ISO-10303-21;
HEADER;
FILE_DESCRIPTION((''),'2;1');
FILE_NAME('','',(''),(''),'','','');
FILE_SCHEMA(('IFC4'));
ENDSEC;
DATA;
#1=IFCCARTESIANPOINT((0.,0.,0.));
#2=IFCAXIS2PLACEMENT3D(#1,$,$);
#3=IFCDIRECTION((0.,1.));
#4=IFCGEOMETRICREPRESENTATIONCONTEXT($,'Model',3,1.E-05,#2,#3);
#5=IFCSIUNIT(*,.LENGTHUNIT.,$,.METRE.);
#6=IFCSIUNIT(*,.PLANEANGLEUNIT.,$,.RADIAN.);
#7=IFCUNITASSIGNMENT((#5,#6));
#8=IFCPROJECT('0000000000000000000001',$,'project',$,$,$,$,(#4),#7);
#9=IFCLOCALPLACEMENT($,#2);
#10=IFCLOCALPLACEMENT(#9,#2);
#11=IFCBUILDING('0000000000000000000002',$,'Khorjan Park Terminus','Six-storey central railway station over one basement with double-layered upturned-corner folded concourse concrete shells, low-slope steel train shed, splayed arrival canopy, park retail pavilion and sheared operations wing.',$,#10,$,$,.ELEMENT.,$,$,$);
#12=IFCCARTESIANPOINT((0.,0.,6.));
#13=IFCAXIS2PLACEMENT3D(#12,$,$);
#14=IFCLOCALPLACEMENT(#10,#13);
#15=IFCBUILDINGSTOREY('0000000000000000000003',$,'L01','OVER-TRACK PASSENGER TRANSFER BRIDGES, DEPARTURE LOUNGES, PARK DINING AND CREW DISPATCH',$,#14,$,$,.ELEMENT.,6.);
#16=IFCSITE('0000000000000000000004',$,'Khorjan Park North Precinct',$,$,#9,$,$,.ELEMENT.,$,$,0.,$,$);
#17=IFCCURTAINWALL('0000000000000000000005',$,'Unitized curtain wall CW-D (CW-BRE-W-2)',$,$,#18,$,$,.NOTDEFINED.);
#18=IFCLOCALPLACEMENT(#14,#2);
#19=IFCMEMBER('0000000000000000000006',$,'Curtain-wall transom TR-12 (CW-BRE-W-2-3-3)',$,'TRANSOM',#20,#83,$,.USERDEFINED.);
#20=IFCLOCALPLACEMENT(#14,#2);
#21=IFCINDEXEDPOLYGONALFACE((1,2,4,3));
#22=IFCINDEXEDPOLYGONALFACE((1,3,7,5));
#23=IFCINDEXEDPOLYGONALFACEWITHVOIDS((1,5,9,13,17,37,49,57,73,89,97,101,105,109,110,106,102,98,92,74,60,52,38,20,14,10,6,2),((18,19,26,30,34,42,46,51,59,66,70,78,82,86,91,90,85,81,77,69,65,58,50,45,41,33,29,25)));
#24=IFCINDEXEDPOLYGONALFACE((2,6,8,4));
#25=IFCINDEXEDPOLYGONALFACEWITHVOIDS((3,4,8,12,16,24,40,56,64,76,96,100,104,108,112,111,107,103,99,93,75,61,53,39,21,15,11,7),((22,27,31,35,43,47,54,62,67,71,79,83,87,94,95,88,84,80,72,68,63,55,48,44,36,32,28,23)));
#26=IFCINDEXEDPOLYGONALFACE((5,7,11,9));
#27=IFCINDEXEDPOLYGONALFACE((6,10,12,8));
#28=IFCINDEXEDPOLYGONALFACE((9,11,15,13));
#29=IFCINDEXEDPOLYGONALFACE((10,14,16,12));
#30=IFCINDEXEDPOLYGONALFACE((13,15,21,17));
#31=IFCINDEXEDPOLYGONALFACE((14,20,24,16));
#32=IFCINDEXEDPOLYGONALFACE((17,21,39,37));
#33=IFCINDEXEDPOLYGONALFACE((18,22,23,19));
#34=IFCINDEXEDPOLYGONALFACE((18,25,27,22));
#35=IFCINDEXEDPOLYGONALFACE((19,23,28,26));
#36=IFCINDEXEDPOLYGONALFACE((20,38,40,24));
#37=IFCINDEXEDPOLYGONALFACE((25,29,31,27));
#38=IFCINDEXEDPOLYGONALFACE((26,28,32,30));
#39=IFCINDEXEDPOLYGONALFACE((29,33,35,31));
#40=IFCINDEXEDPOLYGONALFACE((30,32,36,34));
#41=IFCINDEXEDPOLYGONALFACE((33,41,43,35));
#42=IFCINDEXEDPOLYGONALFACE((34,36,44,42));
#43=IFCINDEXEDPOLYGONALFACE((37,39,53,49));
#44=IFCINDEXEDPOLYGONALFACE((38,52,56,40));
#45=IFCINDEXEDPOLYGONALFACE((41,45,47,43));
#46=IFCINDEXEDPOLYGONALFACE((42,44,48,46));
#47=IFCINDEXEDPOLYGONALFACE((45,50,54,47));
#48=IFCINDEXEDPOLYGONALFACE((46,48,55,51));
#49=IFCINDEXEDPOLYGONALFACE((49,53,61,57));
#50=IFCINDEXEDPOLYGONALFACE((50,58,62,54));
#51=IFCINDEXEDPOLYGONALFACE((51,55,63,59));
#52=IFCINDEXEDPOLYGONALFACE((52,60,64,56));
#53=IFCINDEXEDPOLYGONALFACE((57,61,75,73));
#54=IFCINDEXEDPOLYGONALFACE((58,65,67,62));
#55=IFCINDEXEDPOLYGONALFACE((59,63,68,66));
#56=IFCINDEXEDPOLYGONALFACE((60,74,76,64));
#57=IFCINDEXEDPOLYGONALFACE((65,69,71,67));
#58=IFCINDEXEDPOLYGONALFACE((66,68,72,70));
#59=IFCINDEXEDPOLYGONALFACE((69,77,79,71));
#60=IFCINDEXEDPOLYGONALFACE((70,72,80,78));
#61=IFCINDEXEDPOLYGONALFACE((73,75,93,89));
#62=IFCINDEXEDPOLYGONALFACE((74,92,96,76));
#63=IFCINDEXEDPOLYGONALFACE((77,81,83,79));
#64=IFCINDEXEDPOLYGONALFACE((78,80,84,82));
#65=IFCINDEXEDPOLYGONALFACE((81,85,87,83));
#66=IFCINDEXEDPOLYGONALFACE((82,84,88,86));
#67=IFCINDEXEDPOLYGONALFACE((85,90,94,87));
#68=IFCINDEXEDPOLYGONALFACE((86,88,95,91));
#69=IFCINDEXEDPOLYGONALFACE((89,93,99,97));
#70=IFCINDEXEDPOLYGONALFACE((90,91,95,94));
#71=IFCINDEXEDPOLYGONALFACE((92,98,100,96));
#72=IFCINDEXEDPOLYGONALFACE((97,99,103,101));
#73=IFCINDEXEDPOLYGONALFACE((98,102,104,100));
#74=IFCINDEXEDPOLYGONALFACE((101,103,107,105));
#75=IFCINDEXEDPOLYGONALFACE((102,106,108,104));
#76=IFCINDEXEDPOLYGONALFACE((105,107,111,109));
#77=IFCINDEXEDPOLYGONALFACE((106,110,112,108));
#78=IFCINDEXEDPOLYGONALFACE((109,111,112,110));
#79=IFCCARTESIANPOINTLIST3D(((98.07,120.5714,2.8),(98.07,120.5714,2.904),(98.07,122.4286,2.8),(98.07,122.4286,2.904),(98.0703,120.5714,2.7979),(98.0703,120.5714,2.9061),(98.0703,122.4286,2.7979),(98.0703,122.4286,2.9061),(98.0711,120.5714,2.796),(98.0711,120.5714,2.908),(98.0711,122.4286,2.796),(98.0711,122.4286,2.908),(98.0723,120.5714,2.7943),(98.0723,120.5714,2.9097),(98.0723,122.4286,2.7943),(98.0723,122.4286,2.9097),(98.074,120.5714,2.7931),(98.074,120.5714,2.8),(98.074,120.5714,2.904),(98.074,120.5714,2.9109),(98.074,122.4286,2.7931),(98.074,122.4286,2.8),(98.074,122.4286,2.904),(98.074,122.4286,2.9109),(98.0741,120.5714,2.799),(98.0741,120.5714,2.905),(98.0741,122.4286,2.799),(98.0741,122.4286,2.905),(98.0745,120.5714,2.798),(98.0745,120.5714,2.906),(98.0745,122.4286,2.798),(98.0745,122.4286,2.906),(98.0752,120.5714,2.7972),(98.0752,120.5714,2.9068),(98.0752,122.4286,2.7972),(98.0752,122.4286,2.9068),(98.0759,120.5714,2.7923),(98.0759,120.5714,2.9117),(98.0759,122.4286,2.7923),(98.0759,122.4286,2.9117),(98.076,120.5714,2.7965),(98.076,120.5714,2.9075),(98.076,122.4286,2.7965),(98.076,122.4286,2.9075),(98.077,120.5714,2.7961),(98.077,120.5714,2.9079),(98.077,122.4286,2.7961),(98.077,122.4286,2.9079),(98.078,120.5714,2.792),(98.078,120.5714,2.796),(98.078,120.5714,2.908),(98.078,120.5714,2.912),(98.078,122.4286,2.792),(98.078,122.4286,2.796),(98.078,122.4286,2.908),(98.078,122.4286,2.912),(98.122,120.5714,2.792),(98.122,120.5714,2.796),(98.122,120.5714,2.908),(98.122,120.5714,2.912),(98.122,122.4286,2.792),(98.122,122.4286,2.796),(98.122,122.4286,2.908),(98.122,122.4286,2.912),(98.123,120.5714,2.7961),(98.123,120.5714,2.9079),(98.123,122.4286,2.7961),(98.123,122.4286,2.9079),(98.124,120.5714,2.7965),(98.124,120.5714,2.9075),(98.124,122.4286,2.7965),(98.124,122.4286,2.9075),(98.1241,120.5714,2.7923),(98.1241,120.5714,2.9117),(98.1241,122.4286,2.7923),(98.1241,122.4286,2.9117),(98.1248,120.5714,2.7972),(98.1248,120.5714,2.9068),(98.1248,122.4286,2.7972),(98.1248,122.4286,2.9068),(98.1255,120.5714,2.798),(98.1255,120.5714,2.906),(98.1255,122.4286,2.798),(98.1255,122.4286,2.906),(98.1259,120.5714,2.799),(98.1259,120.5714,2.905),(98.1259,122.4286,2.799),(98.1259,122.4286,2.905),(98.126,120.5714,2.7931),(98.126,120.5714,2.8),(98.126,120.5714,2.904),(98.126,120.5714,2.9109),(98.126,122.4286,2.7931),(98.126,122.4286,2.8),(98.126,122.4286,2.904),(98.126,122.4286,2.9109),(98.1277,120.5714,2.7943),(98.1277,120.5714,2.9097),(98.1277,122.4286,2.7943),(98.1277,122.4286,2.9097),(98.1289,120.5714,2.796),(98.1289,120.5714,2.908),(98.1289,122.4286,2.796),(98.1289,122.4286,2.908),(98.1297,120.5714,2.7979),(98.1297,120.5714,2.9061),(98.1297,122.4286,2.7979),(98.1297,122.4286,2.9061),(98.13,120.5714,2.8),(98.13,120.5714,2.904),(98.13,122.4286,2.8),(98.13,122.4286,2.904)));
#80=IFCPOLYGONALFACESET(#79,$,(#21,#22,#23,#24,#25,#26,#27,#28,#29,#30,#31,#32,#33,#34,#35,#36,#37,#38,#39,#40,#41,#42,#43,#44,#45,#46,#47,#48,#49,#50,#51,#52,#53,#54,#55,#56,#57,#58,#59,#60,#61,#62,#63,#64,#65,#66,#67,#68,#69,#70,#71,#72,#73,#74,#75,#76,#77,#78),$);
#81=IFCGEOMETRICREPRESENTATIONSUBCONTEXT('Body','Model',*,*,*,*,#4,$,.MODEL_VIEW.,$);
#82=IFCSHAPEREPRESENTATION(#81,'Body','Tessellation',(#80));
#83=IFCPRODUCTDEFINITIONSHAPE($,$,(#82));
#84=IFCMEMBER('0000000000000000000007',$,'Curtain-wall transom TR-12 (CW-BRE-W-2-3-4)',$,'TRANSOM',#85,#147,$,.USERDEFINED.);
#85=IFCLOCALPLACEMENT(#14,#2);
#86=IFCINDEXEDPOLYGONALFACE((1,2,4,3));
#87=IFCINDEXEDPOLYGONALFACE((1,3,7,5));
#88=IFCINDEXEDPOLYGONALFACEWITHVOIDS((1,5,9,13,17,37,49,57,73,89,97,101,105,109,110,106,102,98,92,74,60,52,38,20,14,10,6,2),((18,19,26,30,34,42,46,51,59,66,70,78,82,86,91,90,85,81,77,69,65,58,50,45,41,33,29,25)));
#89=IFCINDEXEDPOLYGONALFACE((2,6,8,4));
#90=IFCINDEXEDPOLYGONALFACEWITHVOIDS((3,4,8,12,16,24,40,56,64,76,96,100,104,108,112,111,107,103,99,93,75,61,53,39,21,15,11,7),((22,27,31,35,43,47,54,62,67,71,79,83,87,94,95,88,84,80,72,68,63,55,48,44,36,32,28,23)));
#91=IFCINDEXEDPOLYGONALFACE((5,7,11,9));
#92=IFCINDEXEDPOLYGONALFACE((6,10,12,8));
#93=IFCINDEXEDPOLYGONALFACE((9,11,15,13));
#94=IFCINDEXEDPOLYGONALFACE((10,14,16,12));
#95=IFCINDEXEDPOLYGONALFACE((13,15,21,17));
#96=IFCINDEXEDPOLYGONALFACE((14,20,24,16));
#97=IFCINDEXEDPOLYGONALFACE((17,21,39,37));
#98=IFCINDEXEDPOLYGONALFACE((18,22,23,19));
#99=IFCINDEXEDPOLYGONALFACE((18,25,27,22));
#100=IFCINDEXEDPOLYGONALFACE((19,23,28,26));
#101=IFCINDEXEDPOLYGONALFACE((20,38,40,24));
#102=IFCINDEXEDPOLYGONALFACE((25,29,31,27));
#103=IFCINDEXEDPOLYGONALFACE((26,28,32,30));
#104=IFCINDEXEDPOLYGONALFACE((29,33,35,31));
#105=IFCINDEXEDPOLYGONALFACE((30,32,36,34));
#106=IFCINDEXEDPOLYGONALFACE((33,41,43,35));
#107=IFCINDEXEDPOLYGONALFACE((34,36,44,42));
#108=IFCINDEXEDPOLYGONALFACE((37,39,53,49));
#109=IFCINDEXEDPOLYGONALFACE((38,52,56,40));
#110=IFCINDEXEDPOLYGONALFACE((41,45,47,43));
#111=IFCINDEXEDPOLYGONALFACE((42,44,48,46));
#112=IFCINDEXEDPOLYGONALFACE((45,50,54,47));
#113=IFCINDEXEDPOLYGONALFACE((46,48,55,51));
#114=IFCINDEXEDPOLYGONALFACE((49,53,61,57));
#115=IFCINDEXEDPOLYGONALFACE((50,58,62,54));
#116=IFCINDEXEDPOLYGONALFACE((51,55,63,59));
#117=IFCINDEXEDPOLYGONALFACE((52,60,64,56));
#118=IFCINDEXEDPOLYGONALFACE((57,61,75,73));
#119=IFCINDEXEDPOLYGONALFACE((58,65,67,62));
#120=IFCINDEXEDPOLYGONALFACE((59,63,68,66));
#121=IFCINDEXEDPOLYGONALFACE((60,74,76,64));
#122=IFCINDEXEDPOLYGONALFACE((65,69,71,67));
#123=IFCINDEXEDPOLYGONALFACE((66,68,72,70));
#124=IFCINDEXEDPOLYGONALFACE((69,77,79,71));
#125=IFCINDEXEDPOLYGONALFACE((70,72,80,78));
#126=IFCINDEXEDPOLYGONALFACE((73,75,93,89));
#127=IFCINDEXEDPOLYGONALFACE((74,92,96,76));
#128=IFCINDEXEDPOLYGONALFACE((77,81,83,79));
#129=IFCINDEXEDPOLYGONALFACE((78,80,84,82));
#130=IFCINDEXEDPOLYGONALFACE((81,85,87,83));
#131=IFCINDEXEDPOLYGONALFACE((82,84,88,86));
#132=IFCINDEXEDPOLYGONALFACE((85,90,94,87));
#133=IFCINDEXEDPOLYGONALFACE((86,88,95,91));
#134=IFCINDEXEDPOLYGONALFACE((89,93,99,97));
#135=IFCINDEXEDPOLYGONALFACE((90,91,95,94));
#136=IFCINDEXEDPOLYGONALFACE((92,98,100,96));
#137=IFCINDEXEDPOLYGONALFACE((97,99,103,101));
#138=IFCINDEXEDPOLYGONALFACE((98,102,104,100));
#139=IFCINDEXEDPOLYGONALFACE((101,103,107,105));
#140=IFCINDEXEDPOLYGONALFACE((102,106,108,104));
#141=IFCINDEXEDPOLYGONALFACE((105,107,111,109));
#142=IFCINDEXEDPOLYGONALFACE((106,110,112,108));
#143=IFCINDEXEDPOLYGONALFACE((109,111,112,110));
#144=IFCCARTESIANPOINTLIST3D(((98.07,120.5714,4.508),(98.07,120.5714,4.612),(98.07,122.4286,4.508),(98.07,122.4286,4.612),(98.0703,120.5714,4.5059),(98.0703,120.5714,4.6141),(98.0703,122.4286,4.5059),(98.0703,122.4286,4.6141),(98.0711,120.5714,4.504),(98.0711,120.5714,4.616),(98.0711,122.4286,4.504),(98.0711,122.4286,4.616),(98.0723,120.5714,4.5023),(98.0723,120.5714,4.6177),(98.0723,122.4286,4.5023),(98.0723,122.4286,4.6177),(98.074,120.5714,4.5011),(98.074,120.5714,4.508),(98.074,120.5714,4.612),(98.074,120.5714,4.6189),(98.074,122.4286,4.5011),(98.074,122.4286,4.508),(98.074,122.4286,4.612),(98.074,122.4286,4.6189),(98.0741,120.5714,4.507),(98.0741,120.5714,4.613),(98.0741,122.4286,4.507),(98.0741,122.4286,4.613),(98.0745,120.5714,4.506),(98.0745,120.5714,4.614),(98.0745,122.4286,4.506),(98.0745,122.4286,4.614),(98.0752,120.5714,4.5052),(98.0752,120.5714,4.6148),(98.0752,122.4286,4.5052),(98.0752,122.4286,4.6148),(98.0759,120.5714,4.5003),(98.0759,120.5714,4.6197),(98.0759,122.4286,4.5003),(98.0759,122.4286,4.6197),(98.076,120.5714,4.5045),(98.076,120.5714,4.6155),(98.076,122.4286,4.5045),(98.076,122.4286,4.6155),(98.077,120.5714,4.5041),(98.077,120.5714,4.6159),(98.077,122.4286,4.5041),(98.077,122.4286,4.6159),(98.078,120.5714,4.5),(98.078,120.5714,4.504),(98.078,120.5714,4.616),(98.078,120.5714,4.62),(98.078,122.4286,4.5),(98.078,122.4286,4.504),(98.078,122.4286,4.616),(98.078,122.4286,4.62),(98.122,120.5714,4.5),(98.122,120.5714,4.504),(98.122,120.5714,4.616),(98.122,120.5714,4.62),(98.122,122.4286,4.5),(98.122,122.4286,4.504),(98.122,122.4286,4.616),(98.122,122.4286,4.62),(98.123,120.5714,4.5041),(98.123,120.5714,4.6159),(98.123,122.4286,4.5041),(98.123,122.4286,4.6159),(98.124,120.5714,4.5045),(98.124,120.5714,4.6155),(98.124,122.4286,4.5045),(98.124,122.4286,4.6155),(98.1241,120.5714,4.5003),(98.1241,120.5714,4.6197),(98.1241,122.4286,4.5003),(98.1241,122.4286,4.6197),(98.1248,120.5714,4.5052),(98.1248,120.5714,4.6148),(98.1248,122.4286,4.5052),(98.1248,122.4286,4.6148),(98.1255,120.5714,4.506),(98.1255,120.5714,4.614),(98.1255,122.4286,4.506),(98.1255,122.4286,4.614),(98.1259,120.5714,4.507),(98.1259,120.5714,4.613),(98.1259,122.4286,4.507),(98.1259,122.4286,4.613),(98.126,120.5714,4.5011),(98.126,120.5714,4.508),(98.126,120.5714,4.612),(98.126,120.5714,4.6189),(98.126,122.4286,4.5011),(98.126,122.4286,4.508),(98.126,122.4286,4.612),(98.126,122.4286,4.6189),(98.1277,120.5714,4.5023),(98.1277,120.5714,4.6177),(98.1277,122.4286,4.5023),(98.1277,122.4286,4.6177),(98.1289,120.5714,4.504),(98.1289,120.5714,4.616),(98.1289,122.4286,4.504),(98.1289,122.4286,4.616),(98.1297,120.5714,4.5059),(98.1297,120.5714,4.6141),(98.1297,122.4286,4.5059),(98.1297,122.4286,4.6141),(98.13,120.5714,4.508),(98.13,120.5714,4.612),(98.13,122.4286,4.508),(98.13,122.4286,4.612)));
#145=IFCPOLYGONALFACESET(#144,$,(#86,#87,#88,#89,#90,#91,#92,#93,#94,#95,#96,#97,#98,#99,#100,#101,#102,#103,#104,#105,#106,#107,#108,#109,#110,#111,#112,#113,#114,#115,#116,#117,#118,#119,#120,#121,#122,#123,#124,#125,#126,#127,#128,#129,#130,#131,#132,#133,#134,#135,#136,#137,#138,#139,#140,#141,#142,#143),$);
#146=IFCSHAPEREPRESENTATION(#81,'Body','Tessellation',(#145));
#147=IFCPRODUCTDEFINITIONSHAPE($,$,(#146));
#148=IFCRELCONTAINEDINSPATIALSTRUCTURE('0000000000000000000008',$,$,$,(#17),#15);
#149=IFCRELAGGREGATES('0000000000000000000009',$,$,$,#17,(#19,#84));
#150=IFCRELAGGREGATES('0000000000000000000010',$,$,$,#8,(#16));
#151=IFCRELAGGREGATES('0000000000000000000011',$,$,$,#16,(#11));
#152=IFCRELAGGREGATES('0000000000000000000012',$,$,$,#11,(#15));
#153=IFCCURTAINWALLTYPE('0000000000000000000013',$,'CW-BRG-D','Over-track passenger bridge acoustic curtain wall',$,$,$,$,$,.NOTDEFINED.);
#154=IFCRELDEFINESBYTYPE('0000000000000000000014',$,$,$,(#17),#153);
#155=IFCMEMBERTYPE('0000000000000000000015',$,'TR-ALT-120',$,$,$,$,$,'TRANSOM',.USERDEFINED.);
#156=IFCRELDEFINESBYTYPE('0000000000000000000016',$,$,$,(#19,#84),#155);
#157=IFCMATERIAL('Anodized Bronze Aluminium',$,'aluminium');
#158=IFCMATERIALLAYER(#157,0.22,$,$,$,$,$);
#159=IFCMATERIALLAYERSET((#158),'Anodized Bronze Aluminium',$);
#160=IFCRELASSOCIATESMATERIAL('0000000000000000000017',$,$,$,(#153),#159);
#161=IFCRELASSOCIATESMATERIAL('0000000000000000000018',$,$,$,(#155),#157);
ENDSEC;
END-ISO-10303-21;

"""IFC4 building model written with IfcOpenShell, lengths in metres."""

from ifc_helpers import new_model, si_unit, direction, frame, origin, origin_2d, place, context, subcontext, project, spatial, hollow_rectangle, extrude, material, layer, layer_set, material_profile, profile_set, type_object, element, aggregate, save


model = new_model("IFC4")

# Units and contexts
model_context = context("Model", 3, precision=1e-05, world=origin(), true_north=direction((0.0, 1.0)))
body_context = subcontext(model_context, "Body", "Model", "MODEL_VIEW")
ifc_project = project(units=[si_unit("LENGTHUNIT", "METRE"), si_unit("PLANEANGLEUNIT", "RADIAN")], contexts=[model_context])

# Site, building, storey
site_placement = place(None, origin())
site = spatial("IfcSite", under=ifc_project, at=site_placement, Name="Khorjan Park North Precinct", CompositionType="ELEMENT", RefElevation=0.0)
building_placement = place(site_placement, origin())
building = spatial("IfcBuilding", under=site, at=building_placement, Name="Khorjan Park Terminus", Description="Six-storey central railway station over one basement with double-layered upturned-corner folded concourse concrete shells, low-slope steel train shed, splayed arrival canopy, park retail pavilion and sheared operations wing.", CompositionType="ELEMENT")
storey_placement = place(building_placement, frame((0.0, 0.0, 6.0)))
storey = spatial("IfcBuildingStorey", under=building, at=storey_placement, Name="L01", Description="OVER-TRACK PASSENGER TRANSFER BRIDGES, DEPARTURE LOUNGES, PARK DINING AND CREW DISPATCH", CompositionType="ELEMENT", Elevation=6.0)

# Curtain wall, members
ifc_material_1 = material(Name="Anodized Bronze Aluminium", Category="aluminium")
ifc_layer_1 = layer(ifc_material_1, 0.22)
ifc_layer_set_1 = layer_set([ifc_layer_1], Name="Anodized Bronze Aluminium")
curtain_wall_type = type_object("IfcCurtainWallType", Name="CW-BRG-D", Description="Over-track passenger bridge acoustic curtain wall", PredefinedType="NOTDEFINED", material=ifc_layer_set_1)
curtain_wall_placement = place(storey_placement, origin())
curtain_wall = element("IfcCurtainWall", 1, at=curtain_wall_placement, inside=storey, type_object=curtain_wall_type, Name="Unitized curtain wall CW-D (CW-BRE-W-2)", PredefinedType="NOTDEFINED")
ifc_material_profile_1 = material_profile(ifc_material_1, hollow_rectangle(XDim=0.06, YDim=0.12, WallThickness=0.004, InnerFilletRadius=0.004, OuterFilletRadius=0.008, at=origin_2d()), Name="ALT 60x120x4")
ifc_profile_set_1 = profile_set([ifc_material_profile_1], Name="Anodized Bronze Aluminium")
member_type_1 = type_object("IfcMemberType", Name="TR-ALT-120", ElementType="TRANSOM", PredefinedType="USERDEFINED", material=ifc_profile_set_1)
member_1_placement = place(storey_placement, frame((98.1, 122.4286, 2.852), z_axis=(0.0, -1.0, 0.0), x_axis=(1.0, 0.0, 0.0)))
member_1 = element("IfcMember", 2, at=member_1_placement, type_object=member_type_1, Name="Curtain-wall transom TR-12 (CW-BRE-W-2-3-3)", ObjectType="TRANSOM", PredefinedType="USERDEFINED", context=body_context, shape_type="SweptSolid", body=[
    extrude(hollow_rectangle(XDim=0.06, YDim=0.12, WallThickness=0.004, InnerFilletRadius=0.004, OuterFilletRadius=0.008, at=origin_2d()), origin(), (0.0, 0.0, 1.0), 1.8572),
])
member_2_placement = place(storey_placement, frame((98.1, 122.4286, 4.56), z_axis=(0.0, -1.0, 0.0), x_axis=(1.0, 0.0, 0.0)))
member_2 = element("IfcMember", 3, at=member_2_placement, type_object=member_type_1, Name="Curtain-wall transom TR-12 (CW-BRE-W-2-3-4)", ObjectType="TRANSOM", PredefinedType="USERDEFINED", context=body_context, shape_type="SweptSolid", body=[
    extrude(hollow_rectangle(XDim=0.06, YDim=0.12, WallThickness=0.004, InnerFilletRadius=0.004, OuterFilletRadius=0.008, at=origin_2d()), origin(), (0.0, 0.0, 1.0), 1.8572),
])
aggregate(curtain_wall, [member_1, member_2])

save(model, "model.ifc")
